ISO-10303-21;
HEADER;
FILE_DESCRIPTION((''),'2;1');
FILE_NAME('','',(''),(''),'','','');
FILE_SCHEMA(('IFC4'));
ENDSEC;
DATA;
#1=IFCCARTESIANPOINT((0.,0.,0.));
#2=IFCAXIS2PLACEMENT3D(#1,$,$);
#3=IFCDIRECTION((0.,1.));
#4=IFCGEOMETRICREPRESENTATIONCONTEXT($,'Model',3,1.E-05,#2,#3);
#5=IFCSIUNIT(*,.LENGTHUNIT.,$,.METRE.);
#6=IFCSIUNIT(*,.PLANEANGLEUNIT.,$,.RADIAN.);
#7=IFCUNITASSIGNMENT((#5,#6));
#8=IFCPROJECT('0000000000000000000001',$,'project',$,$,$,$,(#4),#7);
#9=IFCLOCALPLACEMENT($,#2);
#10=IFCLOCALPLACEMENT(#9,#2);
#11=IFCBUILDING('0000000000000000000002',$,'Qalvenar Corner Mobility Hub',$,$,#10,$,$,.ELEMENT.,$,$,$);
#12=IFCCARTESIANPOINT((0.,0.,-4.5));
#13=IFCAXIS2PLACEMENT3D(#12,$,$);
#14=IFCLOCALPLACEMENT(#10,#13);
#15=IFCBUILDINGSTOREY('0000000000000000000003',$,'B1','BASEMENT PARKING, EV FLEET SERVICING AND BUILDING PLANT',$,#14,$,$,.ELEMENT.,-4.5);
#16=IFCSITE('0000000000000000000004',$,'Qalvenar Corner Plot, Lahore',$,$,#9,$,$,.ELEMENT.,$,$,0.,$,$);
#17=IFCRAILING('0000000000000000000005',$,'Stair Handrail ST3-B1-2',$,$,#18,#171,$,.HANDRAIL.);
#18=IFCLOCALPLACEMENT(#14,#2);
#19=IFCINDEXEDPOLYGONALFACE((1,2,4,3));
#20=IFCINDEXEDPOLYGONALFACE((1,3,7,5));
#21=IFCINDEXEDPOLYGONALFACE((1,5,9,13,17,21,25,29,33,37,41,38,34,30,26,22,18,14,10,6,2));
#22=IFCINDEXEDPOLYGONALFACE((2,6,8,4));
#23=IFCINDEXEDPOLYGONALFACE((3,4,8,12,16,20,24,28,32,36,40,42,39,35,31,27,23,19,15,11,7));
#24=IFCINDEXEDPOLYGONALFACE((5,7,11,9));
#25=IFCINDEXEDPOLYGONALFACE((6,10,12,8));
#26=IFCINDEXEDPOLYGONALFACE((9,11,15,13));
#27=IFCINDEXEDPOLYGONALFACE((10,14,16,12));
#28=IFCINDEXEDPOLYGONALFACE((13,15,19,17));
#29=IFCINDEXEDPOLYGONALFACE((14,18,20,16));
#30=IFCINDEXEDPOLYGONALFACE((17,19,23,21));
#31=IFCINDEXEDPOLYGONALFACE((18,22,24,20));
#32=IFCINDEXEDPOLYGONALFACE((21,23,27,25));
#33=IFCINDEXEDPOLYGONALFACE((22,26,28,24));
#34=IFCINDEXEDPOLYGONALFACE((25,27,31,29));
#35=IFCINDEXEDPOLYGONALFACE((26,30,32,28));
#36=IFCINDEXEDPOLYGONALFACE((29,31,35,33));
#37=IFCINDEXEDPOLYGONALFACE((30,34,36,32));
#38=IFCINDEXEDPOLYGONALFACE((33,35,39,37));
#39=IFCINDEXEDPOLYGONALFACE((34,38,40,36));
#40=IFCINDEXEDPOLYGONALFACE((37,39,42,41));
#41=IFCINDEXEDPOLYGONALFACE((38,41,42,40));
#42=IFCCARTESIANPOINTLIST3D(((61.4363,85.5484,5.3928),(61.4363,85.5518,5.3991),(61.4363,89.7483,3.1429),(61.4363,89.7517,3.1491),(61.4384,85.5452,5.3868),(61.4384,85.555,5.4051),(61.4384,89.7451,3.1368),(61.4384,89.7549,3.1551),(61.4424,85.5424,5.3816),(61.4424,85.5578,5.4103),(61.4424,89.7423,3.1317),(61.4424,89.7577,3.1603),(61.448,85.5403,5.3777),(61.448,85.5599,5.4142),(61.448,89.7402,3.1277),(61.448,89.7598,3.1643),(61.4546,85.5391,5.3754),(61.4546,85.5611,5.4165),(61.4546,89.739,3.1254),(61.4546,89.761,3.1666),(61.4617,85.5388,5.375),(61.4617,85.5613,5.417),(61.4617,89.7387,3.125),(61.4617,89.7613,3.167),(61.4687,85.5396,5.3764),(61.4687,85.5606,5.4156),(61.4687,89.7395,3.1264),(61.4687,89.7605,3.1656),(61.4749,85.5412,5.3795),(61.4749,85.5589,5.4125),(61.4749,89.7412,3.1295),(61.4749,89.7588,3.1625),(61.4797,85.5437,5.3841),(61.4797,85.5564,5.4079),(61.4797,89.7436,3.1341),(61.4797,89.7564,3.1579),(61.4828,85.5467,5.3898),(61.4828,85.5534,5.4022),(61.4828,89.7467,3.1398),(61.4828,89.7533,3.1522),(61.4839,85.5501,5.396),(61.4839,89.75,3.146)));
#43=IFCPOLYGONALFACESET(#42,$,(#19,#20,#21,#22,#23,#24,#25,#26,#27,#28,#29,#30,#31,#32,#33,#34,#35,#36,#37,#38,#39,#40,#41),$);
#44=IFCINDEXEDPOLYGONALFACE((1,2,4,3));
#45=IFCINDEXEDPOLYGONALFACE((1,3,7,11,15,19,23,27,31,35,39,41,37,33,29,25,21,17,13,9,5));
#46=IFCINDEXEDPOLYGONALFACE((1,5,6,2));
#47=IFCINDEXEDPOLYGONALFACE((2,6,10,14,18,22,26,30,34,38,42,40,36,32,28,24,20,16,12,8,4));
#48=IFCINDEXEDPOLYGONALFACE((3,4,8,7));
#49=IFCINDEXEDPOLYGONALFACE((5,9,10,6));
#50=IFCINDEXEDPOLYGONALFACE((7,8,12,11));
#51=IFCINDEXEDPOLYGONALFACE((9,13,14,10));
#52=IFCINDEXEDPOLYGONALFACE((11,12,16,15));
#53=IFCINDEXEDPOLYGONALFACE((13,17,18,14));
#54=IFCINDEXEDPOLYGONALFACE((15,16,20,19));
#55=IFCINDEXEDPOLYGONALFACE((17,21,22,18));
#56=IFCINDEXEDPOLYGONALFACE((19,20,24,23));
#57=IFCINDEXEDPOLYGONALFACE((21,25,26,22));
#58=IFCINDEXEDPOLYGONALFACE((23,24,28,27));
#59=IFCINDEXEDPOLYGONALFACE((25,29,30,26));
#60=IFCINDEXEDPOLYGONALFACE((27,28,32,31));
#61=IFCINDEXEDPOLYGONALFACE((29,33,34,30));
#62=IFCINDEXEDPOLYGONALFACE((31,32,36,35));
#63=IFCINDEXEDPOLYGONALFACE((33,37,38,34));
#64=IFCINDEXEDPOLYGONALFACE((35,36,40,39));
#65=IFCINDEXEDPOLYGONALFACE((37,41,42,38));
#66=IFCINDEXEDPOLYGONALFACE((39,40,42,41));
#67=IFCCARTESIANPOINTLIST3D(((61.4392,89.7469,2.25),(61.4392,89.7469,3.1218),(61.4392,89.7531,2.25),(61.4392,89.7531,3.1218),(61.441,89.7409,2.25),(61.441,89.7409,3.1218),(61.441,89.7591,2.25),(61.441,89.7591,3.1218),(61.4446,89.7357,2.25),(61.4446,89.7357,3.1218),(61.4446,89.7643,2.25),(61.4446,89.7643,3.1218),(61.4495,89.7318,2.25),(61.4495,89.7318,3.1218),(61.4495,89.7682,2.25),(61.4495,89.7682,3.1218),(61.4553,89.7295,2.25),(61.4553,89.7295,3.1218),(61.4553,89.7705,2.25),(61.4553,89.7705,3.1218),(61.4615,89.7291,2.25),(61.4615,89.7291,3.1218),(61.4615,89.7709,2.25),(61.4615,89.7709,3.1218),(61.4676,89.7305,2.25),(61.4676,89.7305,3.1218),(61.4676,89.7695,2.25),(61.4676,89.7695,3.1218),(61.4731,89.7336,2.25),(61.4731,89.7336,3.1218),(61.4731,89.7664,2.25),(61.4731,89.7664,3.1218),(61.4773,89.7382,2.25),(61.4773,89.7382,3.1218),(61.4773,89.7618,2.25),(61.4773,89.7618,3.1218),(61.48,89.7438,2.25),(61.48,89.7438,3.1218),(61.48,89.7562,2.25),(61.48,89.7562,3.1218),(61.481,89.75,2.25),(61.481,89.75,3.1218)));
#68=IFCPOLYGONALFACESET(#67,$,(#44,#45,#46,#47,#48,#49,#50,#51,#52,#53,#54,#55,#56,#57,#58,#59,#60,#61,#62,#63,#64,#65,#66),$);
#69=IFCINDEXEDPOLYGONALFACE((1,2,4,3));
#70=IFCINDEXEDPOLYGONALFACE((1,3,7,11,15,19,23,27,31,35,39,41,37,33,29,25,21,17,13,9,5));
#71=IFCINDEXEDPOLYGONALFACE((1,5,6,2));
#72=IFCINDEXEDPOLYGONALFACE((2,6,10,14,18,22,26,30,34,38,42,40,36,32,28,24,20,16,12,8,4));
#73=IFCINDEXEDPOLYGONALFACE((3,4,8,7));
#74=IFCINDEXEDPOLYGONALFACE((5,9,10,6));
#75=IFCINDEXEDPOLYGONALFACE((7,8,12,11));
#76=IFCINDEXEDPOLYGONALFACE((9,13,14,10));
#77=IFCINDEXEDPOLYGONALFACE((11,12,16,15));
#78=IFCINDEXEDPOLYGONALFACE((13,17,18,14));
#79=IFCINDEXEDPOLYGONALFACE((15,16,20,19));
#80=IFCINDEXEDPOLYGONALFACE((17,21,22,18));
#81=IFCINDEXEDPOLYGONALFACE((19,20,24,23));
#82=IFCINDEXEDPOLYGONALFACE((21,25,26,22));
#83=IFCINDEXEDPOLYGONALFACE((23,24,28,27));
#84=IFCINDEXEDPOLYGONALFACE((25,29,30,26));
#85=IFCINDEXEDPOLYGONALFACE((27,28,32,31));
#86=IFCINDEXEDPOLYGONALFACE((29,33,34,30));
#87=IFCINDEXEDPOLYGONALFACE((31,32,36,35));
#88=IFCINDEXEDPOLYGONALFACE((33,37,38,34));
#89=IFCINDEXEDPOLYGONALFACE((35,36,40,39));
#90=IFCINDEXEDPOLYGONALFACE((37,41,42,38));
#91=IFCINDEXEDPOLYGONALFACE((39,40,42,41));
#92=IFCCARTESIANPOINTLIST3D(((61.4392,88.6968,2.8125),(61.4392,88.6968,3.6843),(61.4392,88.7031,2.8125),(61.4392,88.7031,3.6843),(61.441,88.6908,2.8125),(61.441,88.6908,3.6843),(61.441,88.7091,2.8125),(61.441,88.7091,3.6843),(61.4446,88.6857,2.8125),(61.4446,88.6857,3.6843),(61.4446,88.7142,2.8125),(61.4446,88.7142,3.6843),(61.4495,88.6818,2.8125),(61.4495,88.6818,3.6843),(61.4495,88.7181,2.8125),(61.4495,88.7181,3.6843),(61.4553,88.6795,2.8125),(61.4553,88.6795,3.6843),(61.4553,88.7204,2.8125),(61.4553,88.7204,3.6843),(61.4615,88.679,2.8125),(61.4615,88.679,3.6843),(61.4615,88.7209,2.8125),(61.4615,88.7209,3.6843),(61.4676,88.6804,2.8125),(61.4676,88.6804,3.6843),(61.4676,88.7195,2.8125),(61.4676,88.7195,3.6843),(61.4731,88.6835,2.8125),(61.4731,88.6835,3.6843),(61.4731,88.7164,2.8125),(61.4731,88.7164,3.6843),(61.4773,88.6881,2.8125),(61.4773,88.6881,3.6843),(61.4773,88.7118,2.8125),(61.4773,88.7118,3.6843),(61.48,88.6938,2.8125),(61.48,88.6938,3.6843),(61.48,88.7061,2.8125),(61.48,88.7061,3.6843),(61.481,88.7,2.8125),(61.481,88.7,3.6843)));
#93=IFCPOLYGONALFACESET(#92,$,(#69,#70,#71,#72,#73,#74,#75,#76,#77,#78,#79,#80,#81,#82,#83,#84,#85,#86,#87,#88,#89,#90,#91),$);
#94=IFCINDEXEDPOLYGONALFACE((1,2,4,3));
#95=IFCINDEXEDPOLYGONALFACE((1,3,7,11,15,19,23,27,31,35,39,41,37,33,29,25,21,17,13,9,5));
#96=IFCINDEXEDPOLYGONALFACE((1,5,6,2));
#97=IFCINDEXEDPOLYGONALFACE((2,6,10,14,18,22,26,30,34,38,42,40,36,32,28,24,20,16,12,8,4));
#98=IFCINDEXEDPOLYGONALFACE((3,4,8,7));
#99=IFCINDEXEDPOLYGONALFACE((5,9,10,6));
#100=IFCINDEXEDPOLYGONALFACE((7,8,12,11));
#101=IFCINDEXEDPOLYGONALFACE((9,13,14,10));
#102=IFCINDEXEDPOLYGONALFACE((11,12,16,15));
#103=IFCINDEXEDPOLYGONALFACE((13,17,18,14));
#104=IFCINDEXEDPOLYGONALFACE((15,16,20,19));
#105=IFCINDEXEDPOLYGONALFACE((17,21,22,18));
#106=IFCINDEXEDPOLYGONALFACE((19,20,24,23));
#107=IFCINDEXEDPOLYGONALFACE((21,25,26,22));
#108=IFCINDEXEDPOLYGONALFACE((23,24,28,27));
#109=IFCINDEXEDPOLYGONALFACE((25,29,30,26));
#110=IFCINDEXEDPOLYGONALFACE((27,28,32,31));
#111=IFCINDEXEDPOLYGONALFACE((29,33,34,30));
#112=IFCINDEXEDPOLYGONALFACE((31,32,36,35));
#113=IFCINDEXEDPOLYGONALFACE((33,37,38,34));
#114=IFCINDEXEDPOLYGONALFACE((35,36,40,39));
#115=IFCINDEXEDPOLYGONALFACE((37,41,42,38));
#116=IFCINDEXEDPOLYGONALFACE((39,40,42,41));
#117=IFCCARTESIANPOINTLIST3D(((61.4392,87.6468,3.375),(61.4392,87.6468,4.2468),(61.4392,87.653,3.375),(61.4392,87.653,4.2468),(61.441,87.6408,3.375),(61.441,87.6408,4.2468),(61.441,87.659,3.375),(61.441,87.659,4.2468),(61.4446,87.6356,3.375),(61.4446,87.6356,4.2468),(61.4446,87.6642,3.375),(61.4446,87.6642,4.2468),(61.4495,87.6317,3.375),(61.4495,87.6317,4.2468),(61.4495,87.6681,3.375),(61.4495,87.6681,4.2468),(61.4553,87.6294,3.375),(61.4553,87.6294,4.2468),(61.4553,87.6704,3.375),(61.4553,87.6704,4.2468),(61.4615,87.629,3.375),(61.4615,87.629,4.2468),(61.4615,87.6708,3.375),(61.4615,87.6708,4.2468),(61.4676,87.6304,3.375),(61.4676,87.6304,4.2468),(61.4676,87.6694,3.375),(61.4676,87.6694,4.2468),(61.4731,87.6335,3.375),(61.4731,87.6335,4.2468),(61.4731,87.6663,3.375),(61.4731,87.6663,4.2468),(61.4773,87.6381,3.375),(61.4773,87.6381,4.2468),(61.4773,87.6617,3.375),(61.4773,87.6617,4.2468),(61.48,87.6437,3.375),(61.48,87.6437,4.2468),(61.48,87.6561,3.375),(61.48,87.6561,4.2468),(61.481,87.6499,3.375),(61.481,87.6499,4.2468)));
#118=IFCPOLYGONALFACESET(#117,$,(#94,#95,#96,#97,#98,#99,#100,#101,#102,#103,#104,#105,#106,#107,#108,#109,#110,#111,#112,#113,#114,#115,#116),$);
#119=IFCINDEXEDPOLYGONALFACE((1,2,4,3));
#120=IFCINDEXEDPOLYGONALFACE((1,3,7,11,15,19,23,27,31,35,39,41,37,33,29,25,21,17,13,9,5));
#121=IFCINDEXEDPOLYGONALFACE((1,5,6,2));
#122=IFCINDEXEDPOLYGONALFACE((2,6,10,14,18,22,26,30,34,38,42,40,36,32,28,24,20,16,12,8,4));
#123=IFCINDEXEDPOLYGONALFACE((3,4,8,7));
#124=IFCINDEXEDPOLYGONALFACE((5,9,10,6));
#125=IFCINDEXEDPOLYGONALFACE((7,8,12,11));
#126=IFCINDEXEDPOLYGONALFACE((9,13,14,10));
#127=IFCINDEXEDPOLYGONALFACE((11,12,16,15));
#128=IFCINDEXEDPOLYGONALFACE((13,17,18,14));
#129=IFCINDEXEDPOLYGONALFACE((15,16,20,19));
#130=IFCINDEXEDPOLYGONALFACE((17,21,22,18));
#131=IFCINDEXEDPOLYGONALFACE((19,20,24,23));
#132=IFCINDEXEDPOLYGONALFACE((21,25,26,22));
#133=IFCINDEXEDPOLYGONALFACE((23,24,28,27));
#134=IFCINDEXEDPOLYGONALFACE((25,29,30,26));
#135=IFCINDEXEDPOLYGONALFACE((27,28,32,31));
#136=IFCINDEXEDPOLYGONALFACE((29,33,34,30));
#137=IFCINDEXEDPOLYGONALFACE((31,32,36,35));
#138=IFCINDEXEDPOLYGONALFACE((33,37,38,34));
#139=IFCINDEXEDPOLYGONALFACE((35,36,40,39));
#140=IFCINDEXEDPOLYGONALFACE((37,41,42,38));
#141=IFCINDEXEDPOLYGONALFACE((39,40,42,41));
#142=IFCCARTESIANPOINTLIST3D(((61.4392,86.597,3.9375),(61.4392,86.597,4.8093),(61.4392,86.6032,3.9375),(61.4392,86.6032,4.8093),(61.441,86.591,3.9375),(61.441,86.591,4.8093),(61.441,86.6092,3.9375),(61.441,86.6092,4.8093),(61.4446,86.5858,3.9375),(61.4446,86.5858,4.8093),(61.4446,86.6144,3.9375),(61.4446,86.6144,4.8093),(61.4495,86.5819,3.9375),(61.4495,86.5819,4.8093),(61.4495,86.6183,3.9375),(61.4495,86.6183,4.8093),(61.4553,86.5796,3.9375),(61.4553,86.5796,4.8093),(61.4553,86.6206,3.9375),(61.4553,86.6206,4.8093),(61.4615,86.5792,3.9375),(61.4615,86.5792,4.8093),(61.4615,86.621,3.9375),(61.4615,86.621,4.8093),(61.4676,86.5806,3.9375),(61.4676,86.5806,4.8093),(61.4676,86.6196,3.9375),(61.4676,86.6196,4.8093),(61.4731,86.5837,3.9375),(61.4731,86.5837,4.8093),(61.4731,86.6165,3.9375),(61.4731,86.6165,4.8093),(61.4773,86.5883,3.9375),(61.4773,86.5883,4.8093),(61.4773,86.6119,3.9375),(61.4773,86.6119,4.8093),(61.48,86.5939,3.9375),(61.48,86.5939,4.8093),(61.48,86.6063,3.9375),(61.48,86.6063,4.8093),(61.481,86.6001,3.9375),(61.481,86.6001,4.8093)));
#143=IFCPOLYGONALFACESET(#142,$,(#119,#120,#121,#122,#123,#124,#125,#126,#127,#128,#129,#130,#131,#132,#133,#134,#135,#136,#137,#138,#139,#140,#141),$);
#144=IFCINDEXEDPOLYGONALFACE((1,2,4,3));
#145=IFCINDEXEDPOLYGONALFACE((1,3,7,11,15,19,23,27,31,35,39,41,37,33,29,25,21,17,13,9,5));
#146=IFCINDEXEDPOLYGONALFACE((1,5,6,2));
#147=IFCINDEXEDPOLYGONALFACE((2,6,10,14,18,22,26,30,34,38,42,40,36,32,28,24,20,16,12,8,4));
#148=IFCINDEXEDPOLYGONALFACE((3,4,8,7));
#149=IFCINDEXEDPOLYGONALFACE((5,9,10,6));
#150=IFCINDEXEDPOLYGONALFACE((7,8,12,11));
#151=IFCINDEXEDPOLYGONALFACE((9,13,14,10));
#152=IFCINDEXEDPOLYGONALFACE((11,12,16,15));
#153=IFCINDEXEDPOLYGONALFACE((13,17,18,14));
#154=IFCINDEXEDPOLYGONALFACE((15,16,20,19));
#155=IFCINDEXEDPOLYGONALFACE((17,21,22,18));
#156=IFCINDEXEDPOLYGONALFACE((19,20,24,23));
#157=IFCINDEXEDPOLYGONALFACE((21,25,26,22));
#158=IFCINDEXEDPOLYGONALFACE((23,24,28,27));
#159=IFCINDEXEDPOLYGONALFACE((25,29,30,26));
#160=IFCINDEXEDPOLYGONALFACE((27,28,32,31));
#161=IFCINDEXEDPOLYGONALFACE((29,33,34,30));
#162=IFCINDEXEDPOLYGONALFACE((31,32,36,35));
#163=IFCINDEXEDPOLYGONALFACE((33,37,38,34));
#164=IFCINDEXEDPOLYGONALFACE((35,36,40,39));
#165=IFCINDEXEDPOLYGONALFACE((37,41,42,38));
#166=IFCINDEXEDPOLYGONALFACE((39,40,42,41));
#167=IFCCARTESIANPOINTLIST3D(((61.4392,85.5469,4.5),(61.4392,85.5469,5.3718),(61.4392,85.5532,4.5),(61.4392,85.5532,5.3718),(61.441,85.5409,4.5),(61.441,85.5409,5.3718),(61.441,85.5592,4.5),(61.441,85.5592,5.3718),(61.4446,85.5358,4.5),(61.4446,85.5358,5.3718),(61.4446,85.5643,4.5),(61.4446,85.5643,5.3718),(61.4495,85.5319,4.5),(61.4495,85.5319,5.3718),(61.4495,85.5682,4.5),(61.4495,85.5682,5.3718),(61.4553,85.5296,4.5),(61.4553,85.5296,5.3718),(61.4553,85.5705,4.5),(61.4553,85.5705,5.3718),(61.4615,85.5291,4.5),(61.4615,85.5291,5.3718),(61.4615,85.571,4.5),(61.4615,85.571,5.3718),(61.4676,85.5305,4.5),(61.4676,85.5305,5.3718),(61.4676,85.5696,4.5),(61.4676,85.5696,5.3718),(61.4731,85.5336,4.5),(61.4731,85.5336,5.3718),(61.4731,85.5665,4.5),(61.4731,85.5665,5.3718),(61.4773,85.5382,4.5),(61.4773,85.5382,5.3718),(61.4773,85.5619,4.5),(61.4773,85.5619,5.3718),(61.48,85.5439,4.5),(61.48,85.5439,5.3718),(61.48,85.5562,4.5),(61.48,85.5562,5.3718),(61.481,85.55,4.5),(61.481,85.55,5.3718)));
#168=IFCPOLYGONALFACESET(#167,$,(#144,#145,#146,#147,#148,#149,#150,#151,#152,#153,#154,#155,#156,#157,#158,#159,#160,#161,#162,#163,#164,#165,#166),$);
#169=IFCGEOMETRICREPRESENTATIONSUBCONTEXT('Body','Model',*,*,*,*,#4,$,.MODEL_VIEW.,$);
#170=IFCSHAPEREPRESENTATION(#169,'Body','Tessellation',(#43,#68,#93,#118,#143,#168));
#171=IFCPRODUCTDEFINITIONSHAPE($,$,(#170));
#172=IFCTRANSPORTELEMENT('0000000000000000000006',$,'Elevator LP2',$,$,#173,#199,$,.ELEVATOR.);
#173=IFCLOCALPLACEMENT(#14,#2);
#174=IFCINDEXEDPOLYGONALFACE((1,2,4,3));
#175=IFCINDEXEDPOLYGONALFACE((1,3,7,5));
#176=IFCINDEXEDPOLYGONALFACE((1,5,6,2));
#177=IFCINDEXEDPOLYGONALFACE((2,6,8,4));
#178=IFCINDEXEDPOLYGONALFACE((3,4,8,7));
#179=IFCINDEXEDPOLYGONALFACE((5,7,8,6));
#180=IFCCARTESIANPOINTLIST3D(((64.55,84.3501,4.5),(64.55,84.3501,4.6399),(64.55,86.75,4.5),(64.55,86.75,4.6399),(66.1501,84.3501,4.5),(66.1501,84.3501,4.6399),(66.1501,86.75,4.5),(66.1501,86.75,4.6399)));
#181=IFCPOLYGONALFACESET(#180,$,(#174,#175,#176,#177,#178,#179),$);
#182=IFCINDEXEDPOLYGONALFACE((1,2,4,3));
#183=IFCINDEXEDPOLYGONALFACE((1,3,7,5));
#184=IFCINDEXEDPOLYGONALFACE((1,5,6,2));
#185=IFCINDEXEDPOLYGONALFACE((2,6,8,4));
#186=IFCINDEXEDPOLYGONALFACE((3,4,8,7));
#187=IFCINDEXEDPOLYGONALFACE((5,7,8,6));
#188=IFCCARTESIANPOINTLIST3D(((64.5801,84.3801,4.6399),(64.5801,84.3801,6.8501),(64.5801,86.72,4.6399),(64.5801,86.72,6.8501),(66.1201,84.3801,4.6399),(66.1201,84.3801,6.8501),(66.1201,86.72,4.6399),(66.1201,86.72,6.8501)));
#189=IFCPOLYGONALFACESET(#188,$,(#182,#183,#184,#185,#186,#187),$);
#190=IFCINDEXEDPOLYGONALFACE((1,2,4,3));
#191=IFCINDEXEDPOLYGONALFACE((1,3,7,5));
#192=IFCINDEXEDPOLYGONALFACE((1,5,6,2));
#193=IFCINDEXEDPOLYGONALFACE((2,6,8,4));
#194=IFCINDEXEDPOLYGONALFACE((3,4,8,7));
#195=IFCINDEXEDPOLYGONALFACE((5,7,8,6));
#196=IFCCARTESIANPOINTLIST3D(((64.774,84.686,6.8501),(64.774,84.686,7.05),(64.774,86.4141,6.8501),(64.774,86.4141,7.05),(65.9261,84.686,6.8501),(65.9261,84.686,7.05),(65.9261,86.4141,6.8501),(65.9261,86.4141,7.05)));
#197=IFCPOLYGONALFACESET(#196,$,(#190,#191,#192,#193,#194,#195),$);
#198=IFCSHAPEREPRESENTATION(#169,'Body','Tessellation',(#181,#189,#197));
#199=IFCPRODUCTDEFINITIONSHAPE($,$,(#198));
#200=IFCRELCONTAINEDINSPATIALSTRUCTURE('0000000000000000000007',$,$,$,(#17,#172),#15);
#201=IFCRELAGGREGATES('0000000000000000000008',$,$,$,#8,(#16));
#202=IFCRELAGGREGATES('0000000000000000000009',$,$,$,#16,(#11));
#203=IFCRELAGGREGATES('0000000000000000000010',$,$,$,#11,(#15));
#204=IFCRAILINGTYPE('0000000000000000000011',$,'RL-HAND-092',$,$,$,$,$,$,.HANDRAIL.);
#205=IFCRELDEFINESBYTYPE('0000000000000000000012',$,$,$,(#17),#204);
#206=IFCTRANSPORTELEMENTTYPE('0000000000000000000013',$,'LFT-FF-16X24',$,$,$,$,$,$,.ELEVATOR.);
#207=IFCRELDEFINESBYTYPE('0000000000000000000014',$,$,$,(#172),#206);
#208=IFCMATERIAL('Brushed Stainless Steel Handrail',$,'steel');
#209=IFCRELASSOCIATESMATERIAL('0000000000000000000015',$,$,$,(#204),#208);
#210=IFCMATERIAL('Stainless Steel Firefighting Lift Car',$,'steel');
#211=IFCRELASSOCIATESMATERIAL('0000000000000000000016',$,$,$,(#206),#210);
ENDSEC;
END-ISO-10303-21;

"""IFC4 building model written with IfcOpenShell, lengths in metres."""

from ifc_helpers import new_model, si_unit, direction, frame, origin, origin_2d, place, context, subcontext, project, spatial, rectangle, circle, extrude, material, type_object, element, save


model = new_model("IFC4")

# Units and contexts
model_context = context("Model", 3, precision=1e-05, world=origin(), true_north=direction((0.0, 1.0)))
body_context = subcontext(model_context, "Body", "Model", "MODEL_VIEW")
ifc_project = project(units=[si_unit("LENGTHUNIT", "METRE"), si_unit("PLANEANGLEUNIT", "RADIAN")], contexts=[model_context])

# Site, building, storey
site_placement = place(None, origin())
site = spatial("IfcSite", under=ifc_project, at=site_placement, Name="Qalvenar Corner Plot, Lahore", CompositionType="ELEMENT", RefElevation=0.0)
building_placement = place(site_placement, origin())
building = spatial("IfcBuilding", under=site, at=building_placement, Name="Qalvenar Corner Mobility Hub", CompositionType="ELEMENT")
storey_placement = place(building_placement, frame((0.0, 0.0, -4.5)))
storey = spatial("IfcBuildingStorey", under=building, at=storey_placement, Name="B1", Description="BASEMENT PARKING, EV FLEET SERVICING AND BUILDING PLANT", CompositionType="ELEMENT", Elevation=-4.5)

# Railing
ifc_material_1 = material(Name="Brushed Stainless Steel Handrail", Category="steel")
railing_type_1 = type_object("IfcRailingType", Name="RL-HAND-092", PredefinedType="HANDRAIL", material=ifc_material_1)
railing_1_placement = place(storey_placement, frame((61.46, 89.75, 2.25)))
element("IfcRailing", 1, at=railing_1_placement, inside=storey, type_object=railing_type_1, Name="Stair Handrail ST3-B1-2", PredefinedType="HANDRAIL", context=body_context, shape_type="SweptSolid", body=[
    extrude(circle(Radius=0.0239, at=origin_2d()), frame((0.0, 0.0, 0.896), z_axis=(0.0, -0.881478, 0.472226), x_axis=(1.0, 0.0, 0.0)), (0.0, 0.0, 1.0), 4.7646),
    extrude(circle(Radius=0.021, at=origin_2d()), origin(), (0.0, 0.0, 1.0), 0.8718),
    extrude(circle(Radius=0.021, at=origin_2d()), frame((0.0, -1.05, 0.5625)), (0.0, 0.0, 1.0), 0.8718),
    extrude(circle(Radius=0.021, at=origin_2d()), frame((0.0, -2.1001, 1.125)), (0.0, 0.0, 1.0), 0.8718),
    extrude(circle(Radius=0.021, at=origin_2d()), frame((0.0, -3.1499, 1.6875)), (0.0, 0.0, 1.0), 0.8718),
    extrude(circle(Radius=0.021, at=origin_2d()), frame((0.0, -4.2, 2.25)), (0.0, 0.0, 1.0), 0.8718),
])

# Transport element
ifc_material_2 = material(Name="Stainless Steel Firefighting Lift Car", Category="steel")
transport_element_type = type_object("IfcTransportElementType", Name="LFT-FF-16X24", PredefinedType="ELEVATOR", material=ifc_material_2)
for number, where, name in (
    (2, (65.3501, 85.55, 4.5), "Elevator LP2"),
):
    element("IfcTransportElement", number, at=place(storey_placement, frame(where)), inside=storey, type_object=transport_element_type, Name=name, PredefinedType="ELEVATOR", context=body_context, shape_type="SweptSolid", body=[
        extrude(rectangle(XDim=1.6001, YDim=2.3999, at=origin_2d()), origin(), (0.0, 0.0, 1.0), 0.1399),
        extrude(rectangle(XDim=1.54, YDim=2.3398, at=origin_2d()), frame((0.0, 0.0, 0.1399)), (0.0, 0.0, 1.0), 2.2102),
        extrude(rectangle(XDim=1.1521, YDim=1.728, at=origin_2d()), frame((0.0, 0.0, 2.3501)), (0.0, 0.0, 1.0), 0.2),
    ])

save(model, "model.ifc")
